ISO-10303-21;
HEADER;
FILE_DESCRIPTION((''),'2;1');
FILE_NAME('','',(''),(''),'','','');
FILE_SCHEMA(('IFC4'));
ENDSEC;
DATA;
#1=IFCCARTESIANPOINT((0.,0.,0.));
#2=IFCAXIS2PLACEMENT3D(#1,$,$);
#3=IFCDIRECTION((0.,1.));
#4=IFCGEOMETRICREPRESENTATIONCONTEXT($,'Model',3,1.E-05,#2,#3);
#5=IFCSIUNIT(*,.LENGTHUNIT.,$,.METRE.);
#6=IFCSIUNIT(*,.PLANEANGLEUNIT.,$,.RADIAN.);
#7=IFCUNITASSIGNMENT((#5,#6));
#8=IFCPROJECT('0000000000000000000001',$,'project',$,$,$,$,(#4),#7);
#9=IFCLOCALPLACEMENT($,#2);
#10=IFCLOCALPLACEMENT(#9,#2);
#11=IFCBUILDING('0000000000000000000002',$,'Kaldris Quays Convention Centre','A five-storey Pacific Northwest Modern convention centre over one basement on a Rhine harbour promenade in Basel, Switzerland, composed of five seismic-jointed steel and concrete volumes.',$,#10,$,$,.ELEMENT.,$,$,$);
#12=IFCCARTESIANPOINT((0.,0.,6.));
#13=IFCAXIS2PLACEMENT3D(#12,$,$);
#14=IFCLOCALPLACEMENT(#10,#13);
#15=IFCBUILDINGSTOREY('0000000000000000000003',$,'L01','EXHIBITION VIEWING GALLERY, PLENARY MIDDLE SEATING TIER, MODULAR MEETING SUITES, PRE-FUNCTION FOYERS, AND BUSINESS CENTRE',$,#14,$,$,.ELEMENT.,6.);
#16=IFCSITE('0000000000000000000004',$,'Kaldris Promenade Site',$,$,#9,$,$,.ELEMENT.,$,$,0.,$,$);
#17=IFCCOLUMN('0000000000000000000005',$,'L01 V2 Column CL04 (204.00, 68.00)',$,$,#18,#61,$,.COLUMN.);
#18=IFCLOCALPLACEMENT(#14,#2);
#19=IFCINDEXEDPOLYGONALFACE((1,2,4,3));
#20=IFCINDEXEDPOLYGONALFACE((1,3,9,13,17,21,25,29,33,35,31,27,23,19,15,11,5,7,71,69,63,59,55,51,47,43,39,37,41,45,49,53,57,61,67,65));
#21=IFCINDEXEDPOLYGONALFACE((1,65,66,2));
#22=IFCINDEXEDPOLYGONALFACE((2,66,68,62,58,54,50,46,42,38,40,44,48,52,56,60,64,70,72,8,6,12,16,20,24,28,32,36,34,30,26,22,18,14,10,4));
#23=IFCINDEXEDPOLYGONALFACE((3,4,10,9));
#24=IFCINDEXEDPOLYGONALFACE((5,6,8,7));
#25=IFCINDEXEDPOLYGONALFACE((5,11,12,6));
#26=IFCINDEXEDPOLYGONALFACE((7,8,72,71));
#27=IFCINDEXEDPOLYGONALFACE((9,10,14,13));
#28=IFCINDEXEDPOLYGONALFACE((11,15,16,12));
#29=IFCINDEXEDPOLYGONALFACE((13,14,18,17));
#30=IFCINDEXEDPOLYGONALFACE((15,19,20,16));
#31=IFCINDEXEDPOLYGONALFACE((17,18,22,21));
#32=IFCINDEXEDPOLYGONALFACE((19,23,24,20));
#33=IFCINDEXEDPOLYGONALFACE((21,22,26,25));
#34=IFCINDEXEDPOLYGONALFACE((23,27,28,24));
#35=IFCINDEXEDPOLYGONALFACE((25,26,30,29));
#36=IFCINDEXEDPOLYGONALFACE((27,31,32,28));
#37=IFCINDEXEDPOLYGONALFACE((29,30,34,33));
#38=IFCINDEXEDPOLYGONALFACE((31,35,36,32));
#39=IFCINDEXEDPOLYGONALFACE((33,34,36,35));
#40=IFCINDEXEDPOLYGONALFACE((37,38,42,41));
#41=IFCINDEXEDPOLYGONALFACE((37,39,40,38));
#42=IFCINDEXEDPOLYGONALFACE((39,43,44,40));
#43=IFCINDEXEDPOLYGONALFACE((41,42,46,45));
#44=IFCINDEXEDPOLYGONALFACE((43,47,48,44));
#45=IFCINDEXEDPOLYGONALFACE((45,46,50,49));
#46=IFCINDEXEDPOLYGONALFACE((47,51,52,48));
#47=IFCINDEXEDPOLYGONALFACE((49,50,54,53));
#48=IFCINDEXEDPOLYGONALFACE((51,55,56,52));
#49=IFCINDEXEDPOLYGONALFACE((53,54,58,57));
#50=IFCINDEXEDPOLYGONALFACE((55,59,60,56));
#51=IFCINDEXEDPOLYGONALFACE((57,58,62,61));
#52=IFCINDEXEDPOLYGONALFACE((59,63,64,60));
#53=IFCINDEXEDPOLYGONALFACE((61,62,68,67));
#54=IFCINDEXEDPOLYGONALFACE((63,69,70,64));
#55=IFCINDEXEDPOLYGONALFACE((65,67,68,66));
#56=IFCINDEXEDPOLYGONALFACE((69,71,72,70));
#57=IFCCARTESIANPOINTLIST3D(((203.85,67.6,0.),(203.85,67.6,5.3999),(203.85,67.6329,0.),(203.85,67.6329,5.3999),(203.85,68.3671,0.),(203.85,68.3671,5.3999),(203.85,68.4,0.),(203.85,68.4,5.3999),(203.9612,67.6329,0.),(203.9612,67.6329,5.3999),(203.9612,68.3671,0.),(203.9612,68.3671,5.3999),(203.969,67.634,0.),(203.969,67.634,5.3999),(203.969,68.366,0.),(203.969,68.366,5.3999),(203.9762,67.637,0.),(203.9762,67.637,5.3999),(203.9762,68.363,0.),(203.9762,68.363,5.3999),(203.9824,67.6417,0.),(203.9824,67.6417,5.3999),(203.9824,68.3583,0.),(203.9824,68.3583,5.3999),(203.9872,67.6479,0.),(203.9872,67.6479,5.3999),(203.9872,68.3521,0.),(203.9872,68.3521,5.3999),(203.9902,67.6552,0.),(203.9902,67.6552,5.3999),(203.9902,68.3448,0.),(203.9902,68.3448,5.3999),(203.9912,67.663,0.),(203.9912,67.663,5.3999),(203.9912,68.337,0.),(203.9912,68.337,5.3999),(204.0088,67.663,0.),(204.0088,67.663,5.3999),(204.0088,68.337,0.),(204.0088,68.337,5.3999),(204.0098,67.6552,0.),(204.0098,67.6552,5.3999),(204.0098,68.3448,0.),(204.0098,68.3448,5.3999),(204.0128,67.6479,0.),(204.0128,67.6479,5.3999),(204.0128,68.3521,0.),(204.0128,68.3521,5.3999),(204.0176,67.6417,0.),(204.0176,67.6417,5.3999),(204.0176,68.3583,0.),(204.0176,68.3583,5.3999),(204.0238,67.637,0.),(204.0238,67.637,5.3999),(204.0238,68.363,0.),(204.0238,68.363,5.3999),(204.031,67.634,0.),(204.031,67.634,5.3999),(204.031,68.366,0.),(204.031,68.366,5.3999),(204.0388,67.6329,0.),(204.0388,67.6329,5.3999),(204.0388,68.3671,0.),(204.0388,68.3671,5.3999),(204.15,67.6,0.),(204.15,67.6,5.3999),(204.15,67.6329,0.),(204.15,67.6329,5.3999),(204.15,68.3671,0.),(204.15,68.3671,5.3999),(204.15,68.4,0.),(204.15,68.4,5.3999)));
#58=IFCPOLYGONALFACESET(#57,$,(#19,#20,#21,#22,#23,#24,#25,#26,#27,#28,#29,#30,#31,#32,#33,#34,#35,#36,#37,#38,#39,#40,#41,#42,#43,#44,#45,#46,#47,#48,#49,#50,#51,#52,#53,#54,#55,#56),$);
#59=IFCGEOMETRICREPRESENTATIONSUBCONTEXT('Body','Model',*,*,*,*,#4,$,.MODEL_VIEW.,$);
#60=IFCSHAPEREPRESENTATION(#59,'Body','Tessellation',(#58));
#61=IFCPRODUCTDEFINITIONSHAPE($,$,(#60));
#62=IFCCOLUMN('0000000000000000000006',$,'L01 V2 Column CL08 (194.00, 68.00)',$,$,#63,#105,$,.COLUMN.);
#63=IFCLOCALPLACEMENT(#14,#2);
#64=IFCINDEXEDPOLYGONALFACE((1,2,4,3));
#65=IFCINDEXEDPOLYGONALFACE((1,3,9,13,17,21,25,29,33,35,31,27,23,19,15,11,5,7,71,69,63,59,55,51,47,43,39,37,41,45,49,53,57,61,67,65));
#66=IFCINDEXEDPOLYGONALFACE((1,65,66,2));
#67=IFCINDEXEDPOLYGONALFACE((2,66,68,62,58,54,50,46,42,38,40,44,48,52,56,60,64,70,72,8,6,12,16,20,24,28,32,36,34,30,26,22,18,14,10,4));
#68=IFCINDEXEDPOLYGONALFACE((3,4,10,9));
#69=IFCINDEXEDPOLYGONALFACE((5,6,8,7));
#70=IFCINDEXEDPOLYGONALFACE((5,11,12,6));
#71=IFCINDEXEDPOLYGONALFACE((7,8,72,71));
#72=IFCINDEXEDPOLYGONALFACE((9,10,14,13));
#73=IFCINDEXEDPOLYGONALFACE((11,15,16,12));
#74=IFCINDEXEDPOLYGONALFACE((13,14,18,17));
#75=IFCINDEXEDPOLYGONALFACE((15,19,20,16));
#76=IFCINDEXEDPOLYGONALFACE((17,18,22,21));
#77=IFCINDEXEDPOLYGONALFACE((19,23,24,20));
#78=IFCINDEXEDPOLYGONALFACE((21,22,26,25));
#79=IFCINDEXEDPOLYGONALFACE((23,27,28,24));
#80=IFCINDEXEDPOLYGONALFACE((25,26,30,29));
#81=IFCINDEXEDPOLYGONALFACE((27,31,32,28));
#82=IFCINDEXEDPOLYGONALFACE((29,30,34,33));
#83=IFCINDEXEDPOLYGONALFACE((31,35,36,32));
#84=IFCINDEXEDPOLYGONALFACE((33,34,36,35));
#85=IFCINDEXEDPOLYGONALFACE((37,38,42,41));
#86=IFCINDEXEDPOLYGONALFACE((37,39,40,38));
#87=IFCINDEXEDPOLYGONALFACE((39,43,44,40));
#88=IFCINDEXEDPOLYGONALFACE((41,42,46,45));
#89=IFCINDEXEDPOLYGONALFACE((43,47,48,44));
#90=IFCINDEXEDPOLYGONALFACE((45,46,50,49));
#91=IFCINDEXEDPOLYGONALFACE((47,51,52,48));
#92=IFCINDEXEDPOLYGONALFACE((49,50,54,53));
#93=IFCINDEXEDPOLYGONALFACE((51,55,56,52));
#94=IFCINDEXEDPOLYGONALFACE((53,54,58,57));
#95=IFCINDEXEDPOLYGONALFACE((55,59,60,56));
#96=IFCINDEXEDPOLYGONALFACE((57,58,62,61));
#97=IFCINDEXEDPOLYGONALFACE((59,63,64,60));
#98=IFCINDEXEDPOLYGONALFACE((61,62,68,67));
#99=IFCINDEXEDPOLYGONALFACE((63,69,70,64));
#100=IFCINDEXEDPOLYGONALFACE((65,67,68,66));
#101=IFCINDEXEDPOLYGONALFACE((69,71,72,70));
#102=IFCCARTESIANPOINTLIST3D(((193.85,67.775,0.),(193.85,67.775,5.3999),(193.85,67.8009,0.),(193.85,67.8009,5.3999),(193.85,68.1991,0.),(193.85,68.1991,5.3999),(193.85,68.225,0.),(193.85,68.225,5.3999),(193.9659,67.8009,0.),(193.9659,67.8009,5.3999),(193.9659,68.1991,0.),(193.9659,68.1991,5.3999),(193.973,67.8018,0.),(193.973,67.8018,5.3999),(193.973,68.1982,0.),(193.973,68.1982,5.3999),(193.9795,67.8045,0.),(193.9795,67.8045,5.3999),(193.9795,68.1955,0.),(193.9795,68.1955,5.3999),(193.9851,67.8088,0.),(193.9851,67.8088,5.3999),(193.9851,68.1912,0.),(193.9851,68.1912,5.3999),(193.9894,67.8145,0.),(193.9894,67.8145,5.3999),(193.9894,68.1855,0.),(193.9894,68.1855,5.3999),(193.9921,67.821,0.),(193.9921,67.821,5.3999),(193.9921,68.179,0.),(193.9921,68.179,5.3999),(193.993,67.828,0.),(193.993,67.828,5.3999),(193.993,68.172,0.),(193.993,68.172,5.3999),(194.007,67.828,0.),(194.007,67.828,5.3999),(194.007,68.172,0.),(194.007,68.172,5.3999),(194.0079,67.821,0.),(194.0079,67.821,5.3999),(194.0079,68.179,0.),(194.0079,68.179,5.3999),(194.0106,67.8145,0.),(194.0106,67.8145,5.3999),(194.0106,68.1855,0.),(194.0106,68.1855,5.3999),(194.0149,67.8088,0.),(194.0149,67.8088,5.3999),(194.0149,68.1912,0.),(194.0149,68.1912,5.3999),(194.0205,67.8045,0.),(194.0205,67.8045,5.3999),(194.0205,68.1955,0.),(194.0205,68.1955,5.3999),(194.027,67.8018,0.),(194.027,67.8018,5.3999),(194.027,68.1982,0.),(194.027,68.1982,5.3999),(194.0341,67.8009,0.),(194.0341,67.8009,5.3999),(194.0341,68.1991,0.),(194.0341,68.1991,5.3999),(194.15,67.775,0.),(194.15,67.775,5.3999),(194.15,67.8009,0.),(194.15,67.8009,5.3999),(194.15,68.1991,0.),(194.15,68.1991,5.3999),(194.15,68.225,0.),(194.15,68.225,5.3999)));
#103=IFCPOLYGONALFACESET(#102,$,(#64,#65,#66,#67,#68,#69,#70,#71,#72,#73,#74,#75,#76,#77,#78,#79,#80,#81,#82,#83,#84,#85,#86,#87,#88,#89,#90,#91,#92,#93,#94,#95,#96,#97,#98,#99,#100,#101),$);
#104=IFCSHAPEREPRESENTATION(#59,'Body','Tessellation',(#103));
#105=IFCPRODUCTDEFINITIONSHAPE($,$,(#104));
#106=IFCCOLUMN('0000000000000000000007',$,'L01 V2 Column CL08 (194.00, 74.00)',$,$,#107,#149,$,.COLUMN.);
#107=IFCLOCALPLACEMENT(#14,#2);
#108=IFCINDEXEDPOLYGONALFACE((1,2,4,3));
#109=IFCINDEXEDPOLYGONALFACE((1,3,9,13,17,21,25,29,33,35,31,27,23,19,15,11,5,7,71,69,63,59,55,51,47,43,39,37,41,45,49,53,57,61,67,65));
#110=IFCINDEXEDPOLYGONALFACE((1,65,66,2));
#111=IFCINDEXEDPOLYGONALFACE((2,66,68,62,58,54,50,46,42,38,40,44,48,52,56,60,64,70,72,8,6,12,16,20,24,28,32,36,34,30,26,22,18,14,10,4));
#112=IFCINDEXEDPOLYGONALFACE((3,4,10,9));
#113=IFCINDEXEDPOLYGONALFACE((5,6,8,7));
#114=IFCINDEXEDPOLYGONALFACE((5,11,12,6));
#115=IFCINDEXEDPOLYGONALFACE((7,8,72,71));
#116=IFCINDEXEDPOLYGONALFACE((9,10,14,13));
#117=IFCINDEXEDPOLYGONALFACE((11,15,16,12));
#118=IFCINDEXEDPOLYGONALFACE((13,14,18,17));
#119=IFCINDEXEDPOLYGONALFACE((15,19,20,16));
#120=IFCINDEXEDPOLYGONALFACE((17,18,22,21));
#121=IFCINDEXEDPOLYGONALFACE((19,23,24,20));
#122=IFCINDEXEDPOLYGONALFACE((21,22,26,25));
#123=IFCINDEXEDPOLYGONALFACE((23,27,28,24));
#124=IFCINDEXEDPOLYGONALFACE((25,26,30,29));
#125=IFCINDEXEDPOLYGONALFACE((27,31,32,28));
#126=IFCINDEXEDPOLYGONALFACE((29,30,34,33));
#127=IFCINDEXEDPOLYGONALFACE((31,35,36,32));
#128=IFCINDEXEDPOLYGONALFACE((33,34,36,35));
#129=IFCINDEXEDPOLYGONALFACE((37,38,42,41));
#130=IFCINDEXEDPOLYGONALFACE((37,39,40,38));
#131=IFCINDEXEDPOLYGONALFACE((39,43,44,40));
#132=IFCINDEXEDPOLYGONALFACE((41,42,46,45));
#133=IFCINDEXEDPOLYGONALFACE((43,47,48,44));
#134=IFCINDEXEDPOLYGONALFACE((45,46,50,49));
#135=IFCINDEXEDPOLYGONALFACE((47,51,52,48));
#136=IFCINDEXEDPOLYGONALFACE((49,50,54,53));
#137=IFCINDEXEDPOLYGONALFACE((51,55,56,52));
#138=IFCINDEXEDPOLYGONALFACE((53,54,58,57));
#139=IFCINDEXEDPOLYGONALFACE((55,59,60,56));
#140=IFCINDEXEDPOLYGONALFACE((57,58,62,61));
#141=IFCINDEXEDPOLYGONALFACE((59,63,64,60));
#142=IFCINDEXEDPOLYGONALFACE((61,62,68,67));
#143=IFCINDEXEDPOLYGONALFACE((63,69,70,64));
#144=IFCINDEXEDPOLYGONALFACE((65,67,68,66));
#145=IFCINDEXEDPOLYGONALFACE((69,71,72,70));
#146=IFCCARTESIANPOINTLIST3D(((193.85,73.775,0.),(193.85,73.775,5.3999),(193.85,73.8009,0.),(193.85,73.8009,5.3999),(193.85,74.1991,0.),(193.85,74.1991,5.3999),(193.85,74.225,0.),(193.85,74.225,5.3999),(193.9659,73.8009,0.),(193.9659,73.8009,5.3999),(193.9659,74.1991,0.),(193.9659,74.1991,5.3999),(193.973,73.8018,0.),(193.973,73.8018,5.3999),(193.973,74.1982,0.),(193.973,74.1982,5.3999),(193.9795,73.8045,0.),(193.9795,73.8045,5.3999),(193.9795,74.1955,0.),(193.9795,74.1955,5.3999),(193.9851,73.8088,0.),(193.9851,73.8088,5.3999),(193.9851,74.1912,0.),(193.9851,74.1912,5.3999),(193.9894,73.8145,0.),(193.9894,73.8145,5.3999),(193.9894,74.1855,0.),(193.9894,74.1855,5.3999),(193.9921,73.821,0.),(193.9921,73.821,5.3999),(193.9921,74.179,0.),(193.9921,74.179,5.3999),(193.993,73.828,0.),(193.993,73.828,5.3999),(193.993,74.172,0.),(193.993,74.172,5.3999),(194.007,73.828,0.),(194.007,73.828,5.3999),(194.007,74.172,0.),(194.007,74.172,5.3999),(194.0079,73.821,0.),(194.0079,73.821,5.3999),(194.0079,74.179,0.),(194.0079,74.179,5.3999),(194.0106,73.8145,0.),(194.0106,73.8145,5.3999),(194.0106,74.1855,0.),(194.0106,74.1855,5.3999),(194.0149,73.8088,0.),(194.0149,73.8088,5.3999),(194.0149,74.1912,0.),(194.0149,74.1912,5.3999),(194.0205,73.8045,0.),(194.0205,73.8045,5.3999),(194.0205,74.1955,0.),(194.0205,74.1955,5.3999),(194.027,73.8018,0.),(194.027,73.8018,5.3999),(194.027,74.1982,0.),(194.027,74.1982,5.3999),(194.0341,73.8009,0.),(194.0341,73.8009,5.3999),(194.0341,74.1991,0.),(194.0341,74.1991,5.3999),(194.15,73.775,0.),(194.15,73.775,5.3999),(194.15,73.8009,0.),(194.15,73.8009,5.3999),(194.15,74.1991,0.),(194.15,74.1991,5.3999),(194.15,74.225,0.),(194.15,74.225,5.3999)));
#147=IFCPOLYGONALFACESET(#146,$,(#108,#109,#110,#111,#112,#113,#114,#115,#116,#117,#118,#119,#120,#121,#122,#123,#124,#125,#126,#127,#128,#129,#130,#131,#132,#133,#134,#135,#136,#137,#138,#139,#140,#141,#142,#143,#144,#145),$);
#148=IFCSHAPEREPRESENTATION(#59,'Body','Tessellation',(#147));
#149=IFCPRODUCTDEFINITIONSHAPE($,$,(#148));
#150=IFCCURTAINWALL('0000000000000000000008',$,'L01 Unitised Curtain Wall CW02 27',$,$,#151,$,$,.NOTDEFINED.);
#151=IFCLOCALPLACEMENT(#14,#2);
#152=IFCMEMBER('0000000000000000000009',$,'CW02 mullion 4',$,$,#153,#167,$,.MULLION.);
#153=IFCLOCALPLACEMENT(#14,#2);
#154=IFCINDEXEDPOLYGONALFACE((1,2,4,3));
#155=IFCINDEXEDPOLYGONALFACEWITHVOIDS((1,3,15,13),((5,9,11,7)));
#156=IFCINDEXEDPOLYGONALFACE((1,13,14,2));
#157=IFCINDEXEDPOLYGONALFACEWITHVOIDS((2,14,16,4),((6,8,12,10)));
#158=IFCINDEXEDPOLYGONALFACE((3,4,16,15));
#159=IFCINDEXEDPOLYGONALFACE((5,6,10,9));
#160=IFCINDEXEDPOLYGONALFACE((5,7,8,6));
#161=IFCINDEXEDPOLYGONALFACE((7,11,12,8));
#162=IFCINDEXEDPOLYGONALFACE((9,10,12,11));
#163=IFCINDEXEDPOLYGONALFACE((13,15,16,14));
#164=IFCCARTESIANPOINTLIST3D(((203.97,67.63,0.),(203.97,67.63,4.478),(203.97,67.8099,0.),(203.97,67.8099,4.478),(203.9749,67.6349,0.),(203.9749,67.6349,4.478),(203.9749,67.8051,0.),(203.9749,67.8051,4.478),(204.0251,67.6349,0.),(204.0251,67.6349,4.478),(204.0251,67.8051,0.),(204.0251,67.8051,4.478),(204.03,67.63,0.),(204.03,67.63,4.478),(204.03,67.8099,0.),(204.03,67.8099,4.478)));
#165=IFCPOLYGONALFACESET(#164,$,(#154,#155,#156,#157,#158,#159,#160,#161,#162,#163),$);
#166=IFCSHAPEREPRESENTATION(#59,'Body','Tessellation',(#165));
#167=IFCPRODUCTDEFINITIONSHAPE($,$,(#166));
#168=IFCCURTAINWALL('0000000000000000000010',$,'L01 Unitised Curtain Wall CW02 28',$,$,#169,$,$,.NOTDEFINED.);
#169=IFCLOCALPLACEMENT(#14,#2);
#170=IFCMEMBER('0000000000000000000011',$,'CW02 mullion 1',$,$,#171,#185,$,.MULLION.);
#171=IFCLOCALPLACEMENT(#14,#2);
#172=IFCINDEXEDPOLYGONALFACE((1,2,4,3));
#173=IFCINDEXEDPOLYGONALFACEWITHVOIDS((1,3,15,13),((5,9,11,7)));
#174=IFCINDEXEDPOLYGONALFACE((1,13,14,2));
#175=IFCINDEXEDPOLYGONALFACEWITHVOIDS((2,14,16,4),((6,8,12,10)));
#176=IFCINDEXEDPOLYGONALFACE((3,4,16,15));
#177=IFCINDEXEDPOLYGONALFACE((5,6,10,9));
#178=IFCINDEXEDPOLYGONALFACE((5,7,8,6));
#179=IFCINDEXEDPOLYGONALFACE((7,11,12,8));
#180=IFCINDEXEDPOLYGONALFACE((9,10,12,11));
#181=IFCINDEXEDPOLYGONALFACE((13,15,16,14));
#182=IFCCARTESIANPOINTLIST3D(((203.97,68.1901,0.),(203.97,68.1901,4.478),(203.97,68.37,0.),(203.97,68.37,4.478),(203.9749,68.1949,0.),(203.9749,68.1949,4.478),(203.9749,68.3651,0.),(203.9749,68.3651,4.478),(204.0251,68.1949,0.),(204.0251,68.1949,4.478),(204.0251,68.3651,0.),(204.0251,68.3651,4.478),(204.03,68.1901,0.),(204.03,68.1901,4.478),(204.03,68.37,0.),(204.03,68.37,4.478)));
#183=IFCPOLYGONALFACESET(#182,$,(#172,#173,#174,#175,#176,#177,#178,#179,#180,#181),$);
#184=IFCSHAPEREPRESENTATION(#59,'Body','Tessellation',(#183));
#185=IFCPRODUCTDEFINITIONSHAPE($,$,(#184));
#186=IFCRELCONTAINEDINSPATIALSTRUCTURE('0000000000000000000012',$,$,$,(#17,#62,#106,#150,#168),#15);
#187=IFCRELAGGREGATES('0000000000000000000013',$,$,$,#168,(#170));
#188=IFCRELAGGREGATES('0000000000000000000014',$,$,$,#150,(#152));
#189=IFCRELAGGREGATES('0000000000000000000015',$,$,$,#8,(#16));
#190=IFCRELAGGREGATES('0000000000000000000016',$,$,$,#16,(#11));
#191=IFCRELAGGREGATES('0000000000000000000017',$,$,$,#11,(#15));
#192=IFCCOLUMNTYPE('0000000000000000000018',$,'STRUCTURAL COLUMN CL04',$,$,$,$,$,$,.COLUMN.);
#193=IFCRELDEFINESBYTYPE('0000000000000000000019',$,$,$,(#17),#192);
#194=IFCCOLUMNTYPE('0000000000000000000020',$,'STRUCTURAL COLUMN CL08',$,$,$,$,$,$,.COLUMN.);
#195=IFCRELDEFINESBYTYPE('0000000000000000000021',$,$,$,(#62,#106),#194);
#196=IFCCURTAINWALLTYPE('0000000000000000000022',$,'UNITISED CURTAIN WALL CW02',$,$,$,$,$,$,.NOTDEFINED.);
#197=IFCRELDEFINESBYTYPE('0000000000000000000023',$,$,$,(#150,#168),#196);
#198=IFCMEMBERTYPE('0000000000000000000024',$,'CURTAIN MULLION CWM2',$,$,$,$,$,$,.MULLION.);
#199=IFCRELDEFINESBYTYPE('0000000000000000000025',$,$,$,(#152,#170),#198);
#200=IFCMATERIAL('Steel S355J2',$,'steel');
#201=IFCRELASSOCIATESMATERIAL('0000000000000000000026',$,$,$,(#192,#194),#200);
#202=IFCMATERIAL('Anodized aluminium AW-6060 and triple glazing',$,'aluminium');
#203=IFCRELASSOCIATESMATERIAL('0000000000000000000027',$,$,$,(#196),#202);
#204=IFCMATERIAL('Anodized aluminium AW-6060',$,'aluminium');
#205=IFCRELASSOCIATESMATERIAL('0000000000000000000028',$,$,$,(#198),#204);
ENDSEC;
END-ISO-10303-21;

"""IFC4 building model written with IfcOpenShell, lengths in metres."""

from ifc_helpers import new_model, si_unit, direction, frame, origin, origin_2d, place, context, subcontext, project, spatial, hollow_rectangle, i_section, extrude, material, material_profile, profile_set, type_object, element, aggregate, save


model = new_model("IFC4")

# Units and contexts
model_context = context("Model", 3, precision=1e-05, world=origin(), true_north=direction((0.0, 1.0)))
body_context = subcontext(model_context, "Body", "Model", "MODEL_VIEW")
ifc_project = project(units=[si_unit("LENGTHUNIT", "METRE"), si_unit("PLANEANGLEUNIT", "RADIAN")], contexts=[model_context])

# Site, building, storey
site_placement = place(None, origin())
site = spatial("IfcSite", under=ifc_project, at=site_placement, Name="Kaldris Promenade Site", CompositionType="ELEMENT", RefElevation=0.0)
building_placement = place(site_placement, origin())
building = spatial("IfcBuilding", under=site, at=building_placement, Name="Kaldris Quays Convention Centre", Description="A five-storey Pacific Northwest Modern convention centre over one basement on a Rhine harbour promenade in Basel, Switzerland, composed of five seismic-jointed steel and concrete volumes.", CompositionType="ELEMENT")
storey_placement = place(building_placement, frame((0.0, 0.0, 6.0)))
storey = spatial("IfcBuildingStorey", under=building, at=storey_placement, Name="L01", Description="EXHIBITION VIEWING GALLERY, PLENARY MIDDLE SEATING TIER, MODULAR MEETING SUITES, PRE-FUNCTION FOYERS, AND BUSINESS CENTRE", CompositionType="ELEMENT", Elevation=6.0)

# Columns
ifc_material_1 = material(Name="Steel S355J2", Category="steel")
ifc_material_profile_1 = material_profile(ifc_material_1, i_section(OverallWidth=0.3, OverallDepth=0.8, WebThickness=0.0176, FlangeThickness=0.033, FilletRadius=0.03, at=origin_2d()), Name="HEB 800")
ifc_profile_set_1 = profile_set([ifc_material_profile_1], Name="Steel S355J2")
column_type_1 = type_object("IfcColumnType", Name="STRUCTURAL COLUMN CL04", PredefinedType="COLUMN", material=ifc_profile_set_1)
column_placement = place(storey_placement, frame((204.0, 68.0, 0.0), z_axis=(0.0, 0.0, 1.0), x_axis=(1.0, 0.0, 0.0)))
element("IfcColumn", 1, at=column_placement, inside=storey, type_object=column_type_1, Name="L01 V2 Column CL04 (204.00, 68.00)", PredefinedType="COLUMN", context=body_context, shape_type="SweptSolid", body=[
    extrude(i_section(OverallWidth=0.3, OverallDepth=0.8, WebThickness=0.0176, FlangeThickness=0.033, FilletRadius=0.03, at=origin_2d()), origin(), (0.0, 0.0, 1.0), 5.3999),
])
ifc_material_profile_2 = material_profile(ifc_material_1, i_section(OverallWidth=0.3, OverallDepth=0.45, WebThickness=0.0139, FlangeThickness=0.0259, FilletRadius=0.0271, at=origin_2d()), Name="HEB 450")
ifc_profile_set_2 = profile_set([ifc_material_profile_2], Name="Steel S355J2")
column_type_2 = type_object("IfcColumnType", Name="STRUCTURAL COLUMN CL08", PredefinedType="COLUMN", material=ifc_profile_set_2)
for number, where, z_axis, x_axis, name in (
    (2, (194.0, 68.0, 0.0), (0.0, 0.0, 1.0), (1.0, 0.0, 0.0), "L01 V2 Column CL08 (194.00, 68.00)"),
    (3, (194.0, 74.0, 0.0), (0.0, 0.0, 1.0), (1.0, 0.0, 0.0), "L01 V2 Column CL08 (194.00, 74.00)"),
):
    element("IfcColumn", number, at=place(storey_placement, frame(where, z_axis=z_axis, x_axis=x_axis)), inside=storey, type_object=column_type_2, Name=name, PredefinedType="COLUMN", context=body_context, shape_type="SweptSolid", body=[
        extrude(i_section(OverallWidth=0.3, OverallDepth=0.45, WebThickness=0.0139, FlangeThickness=0.0259, FilletRadius=0.0271, at=origin_2d()), origin(), (0.0, 0.0, 1.0), 5.3999),
    ])

# Curtain walls, members
ifc_material_2 = material(Name="Anodized aluminium AW-6060 and triple glazing", Category="aluminium")
curtain_wall_type = type_object("IfcCurtainWallType", Name="UNITISED CURTAIN WALL CW02", PredefinedType="NOTDEFINED", material=ifc_material_2)
curtain_wall_1_placement = place(storey_placement, origin())
curtain_wall_1 = element("IfcCurtainWall", 4, at=curtain_wall_1_placement, inside=storey, type_object=curtain_wall_type, Name="L01 Unitised Curtain Wall CW02 27", PredefinedType="NOTDEFINED")
ifc_material_3 = material(Name="Anodized aluminium AW-6060", Category="aluminium")
ifc_material_profile_3 = material_profile(ifc_material_3, hollow_rectangle(XDim=0.0601, YDim=0.1799, WallThickness=0.0049, at=origin_2d()), Name="RHS 180x60x5")
ifc_profile_set_3 = profile_set([ifc_material_profile_3], Name="Anodized aluminium AW-6060")
member_type_1 = type_object("IfcMemberType", Name="CURTAIN MULLION CWM2", PredefinedType="MULLION", material=ifc_profile_set_3)
member_1_placement = place(storey_placement, frame((204.0, 67.72, 0.0), z_axis=(0.0, 0.0, 1.0), x_axis=(-1.0, 0.0, 0.0)))
member_1 = element("IfcMember", 5, at=member_1_placement, type_object=member_type_1, Name="CW02 mullion 4", PredefinedType="MULLION", context=body_context, shape_type="SweptSolid", body=[
    extrude(hollow_rectangle(XDim=0.0601, YDim=0.1799, WallThickness=0.0049, at=origin_2d()), origin(), (0.0, 0.0, 1.0), 4.478),
])
curtain_wall_2_placement = place(storey_placement, origin())
curtain_wall_2 = element("IfcCurtainWall", 6, at=curtain_wall_2_placement, inside=storey, type_object=curtain_wall_type, Name="L01 Unitised Curtain Wall CW02 28", PredefinedType="NOTDEFINED")
member_2_placement = place(storey_placement, frame((204.0, 68.28, 0.0), z_axis=(0.0, 0.0, 1.0), x_axis=(-1.0, 0.0, 0.0)))
member_2 = element("IfcMember", 7, at=member_2_placement, type_object=member_type_1, Name="CW02 mullion 1", PredefinedType="MULLION", context=body_context, shape_type="SweptSolid", body=[
    extrude(hollow_rectangle(XDim=0.0601, YDim=0.1799, WallThickness=0.0049, at=origin_2d()), origin(), (0.0, 0.0, 1.0), 4.478),
])

aggregate(curtain_wall_2, [member_2])

aggregate(curtain_wall_1, [member_1])

save(model, "model.ifc")
